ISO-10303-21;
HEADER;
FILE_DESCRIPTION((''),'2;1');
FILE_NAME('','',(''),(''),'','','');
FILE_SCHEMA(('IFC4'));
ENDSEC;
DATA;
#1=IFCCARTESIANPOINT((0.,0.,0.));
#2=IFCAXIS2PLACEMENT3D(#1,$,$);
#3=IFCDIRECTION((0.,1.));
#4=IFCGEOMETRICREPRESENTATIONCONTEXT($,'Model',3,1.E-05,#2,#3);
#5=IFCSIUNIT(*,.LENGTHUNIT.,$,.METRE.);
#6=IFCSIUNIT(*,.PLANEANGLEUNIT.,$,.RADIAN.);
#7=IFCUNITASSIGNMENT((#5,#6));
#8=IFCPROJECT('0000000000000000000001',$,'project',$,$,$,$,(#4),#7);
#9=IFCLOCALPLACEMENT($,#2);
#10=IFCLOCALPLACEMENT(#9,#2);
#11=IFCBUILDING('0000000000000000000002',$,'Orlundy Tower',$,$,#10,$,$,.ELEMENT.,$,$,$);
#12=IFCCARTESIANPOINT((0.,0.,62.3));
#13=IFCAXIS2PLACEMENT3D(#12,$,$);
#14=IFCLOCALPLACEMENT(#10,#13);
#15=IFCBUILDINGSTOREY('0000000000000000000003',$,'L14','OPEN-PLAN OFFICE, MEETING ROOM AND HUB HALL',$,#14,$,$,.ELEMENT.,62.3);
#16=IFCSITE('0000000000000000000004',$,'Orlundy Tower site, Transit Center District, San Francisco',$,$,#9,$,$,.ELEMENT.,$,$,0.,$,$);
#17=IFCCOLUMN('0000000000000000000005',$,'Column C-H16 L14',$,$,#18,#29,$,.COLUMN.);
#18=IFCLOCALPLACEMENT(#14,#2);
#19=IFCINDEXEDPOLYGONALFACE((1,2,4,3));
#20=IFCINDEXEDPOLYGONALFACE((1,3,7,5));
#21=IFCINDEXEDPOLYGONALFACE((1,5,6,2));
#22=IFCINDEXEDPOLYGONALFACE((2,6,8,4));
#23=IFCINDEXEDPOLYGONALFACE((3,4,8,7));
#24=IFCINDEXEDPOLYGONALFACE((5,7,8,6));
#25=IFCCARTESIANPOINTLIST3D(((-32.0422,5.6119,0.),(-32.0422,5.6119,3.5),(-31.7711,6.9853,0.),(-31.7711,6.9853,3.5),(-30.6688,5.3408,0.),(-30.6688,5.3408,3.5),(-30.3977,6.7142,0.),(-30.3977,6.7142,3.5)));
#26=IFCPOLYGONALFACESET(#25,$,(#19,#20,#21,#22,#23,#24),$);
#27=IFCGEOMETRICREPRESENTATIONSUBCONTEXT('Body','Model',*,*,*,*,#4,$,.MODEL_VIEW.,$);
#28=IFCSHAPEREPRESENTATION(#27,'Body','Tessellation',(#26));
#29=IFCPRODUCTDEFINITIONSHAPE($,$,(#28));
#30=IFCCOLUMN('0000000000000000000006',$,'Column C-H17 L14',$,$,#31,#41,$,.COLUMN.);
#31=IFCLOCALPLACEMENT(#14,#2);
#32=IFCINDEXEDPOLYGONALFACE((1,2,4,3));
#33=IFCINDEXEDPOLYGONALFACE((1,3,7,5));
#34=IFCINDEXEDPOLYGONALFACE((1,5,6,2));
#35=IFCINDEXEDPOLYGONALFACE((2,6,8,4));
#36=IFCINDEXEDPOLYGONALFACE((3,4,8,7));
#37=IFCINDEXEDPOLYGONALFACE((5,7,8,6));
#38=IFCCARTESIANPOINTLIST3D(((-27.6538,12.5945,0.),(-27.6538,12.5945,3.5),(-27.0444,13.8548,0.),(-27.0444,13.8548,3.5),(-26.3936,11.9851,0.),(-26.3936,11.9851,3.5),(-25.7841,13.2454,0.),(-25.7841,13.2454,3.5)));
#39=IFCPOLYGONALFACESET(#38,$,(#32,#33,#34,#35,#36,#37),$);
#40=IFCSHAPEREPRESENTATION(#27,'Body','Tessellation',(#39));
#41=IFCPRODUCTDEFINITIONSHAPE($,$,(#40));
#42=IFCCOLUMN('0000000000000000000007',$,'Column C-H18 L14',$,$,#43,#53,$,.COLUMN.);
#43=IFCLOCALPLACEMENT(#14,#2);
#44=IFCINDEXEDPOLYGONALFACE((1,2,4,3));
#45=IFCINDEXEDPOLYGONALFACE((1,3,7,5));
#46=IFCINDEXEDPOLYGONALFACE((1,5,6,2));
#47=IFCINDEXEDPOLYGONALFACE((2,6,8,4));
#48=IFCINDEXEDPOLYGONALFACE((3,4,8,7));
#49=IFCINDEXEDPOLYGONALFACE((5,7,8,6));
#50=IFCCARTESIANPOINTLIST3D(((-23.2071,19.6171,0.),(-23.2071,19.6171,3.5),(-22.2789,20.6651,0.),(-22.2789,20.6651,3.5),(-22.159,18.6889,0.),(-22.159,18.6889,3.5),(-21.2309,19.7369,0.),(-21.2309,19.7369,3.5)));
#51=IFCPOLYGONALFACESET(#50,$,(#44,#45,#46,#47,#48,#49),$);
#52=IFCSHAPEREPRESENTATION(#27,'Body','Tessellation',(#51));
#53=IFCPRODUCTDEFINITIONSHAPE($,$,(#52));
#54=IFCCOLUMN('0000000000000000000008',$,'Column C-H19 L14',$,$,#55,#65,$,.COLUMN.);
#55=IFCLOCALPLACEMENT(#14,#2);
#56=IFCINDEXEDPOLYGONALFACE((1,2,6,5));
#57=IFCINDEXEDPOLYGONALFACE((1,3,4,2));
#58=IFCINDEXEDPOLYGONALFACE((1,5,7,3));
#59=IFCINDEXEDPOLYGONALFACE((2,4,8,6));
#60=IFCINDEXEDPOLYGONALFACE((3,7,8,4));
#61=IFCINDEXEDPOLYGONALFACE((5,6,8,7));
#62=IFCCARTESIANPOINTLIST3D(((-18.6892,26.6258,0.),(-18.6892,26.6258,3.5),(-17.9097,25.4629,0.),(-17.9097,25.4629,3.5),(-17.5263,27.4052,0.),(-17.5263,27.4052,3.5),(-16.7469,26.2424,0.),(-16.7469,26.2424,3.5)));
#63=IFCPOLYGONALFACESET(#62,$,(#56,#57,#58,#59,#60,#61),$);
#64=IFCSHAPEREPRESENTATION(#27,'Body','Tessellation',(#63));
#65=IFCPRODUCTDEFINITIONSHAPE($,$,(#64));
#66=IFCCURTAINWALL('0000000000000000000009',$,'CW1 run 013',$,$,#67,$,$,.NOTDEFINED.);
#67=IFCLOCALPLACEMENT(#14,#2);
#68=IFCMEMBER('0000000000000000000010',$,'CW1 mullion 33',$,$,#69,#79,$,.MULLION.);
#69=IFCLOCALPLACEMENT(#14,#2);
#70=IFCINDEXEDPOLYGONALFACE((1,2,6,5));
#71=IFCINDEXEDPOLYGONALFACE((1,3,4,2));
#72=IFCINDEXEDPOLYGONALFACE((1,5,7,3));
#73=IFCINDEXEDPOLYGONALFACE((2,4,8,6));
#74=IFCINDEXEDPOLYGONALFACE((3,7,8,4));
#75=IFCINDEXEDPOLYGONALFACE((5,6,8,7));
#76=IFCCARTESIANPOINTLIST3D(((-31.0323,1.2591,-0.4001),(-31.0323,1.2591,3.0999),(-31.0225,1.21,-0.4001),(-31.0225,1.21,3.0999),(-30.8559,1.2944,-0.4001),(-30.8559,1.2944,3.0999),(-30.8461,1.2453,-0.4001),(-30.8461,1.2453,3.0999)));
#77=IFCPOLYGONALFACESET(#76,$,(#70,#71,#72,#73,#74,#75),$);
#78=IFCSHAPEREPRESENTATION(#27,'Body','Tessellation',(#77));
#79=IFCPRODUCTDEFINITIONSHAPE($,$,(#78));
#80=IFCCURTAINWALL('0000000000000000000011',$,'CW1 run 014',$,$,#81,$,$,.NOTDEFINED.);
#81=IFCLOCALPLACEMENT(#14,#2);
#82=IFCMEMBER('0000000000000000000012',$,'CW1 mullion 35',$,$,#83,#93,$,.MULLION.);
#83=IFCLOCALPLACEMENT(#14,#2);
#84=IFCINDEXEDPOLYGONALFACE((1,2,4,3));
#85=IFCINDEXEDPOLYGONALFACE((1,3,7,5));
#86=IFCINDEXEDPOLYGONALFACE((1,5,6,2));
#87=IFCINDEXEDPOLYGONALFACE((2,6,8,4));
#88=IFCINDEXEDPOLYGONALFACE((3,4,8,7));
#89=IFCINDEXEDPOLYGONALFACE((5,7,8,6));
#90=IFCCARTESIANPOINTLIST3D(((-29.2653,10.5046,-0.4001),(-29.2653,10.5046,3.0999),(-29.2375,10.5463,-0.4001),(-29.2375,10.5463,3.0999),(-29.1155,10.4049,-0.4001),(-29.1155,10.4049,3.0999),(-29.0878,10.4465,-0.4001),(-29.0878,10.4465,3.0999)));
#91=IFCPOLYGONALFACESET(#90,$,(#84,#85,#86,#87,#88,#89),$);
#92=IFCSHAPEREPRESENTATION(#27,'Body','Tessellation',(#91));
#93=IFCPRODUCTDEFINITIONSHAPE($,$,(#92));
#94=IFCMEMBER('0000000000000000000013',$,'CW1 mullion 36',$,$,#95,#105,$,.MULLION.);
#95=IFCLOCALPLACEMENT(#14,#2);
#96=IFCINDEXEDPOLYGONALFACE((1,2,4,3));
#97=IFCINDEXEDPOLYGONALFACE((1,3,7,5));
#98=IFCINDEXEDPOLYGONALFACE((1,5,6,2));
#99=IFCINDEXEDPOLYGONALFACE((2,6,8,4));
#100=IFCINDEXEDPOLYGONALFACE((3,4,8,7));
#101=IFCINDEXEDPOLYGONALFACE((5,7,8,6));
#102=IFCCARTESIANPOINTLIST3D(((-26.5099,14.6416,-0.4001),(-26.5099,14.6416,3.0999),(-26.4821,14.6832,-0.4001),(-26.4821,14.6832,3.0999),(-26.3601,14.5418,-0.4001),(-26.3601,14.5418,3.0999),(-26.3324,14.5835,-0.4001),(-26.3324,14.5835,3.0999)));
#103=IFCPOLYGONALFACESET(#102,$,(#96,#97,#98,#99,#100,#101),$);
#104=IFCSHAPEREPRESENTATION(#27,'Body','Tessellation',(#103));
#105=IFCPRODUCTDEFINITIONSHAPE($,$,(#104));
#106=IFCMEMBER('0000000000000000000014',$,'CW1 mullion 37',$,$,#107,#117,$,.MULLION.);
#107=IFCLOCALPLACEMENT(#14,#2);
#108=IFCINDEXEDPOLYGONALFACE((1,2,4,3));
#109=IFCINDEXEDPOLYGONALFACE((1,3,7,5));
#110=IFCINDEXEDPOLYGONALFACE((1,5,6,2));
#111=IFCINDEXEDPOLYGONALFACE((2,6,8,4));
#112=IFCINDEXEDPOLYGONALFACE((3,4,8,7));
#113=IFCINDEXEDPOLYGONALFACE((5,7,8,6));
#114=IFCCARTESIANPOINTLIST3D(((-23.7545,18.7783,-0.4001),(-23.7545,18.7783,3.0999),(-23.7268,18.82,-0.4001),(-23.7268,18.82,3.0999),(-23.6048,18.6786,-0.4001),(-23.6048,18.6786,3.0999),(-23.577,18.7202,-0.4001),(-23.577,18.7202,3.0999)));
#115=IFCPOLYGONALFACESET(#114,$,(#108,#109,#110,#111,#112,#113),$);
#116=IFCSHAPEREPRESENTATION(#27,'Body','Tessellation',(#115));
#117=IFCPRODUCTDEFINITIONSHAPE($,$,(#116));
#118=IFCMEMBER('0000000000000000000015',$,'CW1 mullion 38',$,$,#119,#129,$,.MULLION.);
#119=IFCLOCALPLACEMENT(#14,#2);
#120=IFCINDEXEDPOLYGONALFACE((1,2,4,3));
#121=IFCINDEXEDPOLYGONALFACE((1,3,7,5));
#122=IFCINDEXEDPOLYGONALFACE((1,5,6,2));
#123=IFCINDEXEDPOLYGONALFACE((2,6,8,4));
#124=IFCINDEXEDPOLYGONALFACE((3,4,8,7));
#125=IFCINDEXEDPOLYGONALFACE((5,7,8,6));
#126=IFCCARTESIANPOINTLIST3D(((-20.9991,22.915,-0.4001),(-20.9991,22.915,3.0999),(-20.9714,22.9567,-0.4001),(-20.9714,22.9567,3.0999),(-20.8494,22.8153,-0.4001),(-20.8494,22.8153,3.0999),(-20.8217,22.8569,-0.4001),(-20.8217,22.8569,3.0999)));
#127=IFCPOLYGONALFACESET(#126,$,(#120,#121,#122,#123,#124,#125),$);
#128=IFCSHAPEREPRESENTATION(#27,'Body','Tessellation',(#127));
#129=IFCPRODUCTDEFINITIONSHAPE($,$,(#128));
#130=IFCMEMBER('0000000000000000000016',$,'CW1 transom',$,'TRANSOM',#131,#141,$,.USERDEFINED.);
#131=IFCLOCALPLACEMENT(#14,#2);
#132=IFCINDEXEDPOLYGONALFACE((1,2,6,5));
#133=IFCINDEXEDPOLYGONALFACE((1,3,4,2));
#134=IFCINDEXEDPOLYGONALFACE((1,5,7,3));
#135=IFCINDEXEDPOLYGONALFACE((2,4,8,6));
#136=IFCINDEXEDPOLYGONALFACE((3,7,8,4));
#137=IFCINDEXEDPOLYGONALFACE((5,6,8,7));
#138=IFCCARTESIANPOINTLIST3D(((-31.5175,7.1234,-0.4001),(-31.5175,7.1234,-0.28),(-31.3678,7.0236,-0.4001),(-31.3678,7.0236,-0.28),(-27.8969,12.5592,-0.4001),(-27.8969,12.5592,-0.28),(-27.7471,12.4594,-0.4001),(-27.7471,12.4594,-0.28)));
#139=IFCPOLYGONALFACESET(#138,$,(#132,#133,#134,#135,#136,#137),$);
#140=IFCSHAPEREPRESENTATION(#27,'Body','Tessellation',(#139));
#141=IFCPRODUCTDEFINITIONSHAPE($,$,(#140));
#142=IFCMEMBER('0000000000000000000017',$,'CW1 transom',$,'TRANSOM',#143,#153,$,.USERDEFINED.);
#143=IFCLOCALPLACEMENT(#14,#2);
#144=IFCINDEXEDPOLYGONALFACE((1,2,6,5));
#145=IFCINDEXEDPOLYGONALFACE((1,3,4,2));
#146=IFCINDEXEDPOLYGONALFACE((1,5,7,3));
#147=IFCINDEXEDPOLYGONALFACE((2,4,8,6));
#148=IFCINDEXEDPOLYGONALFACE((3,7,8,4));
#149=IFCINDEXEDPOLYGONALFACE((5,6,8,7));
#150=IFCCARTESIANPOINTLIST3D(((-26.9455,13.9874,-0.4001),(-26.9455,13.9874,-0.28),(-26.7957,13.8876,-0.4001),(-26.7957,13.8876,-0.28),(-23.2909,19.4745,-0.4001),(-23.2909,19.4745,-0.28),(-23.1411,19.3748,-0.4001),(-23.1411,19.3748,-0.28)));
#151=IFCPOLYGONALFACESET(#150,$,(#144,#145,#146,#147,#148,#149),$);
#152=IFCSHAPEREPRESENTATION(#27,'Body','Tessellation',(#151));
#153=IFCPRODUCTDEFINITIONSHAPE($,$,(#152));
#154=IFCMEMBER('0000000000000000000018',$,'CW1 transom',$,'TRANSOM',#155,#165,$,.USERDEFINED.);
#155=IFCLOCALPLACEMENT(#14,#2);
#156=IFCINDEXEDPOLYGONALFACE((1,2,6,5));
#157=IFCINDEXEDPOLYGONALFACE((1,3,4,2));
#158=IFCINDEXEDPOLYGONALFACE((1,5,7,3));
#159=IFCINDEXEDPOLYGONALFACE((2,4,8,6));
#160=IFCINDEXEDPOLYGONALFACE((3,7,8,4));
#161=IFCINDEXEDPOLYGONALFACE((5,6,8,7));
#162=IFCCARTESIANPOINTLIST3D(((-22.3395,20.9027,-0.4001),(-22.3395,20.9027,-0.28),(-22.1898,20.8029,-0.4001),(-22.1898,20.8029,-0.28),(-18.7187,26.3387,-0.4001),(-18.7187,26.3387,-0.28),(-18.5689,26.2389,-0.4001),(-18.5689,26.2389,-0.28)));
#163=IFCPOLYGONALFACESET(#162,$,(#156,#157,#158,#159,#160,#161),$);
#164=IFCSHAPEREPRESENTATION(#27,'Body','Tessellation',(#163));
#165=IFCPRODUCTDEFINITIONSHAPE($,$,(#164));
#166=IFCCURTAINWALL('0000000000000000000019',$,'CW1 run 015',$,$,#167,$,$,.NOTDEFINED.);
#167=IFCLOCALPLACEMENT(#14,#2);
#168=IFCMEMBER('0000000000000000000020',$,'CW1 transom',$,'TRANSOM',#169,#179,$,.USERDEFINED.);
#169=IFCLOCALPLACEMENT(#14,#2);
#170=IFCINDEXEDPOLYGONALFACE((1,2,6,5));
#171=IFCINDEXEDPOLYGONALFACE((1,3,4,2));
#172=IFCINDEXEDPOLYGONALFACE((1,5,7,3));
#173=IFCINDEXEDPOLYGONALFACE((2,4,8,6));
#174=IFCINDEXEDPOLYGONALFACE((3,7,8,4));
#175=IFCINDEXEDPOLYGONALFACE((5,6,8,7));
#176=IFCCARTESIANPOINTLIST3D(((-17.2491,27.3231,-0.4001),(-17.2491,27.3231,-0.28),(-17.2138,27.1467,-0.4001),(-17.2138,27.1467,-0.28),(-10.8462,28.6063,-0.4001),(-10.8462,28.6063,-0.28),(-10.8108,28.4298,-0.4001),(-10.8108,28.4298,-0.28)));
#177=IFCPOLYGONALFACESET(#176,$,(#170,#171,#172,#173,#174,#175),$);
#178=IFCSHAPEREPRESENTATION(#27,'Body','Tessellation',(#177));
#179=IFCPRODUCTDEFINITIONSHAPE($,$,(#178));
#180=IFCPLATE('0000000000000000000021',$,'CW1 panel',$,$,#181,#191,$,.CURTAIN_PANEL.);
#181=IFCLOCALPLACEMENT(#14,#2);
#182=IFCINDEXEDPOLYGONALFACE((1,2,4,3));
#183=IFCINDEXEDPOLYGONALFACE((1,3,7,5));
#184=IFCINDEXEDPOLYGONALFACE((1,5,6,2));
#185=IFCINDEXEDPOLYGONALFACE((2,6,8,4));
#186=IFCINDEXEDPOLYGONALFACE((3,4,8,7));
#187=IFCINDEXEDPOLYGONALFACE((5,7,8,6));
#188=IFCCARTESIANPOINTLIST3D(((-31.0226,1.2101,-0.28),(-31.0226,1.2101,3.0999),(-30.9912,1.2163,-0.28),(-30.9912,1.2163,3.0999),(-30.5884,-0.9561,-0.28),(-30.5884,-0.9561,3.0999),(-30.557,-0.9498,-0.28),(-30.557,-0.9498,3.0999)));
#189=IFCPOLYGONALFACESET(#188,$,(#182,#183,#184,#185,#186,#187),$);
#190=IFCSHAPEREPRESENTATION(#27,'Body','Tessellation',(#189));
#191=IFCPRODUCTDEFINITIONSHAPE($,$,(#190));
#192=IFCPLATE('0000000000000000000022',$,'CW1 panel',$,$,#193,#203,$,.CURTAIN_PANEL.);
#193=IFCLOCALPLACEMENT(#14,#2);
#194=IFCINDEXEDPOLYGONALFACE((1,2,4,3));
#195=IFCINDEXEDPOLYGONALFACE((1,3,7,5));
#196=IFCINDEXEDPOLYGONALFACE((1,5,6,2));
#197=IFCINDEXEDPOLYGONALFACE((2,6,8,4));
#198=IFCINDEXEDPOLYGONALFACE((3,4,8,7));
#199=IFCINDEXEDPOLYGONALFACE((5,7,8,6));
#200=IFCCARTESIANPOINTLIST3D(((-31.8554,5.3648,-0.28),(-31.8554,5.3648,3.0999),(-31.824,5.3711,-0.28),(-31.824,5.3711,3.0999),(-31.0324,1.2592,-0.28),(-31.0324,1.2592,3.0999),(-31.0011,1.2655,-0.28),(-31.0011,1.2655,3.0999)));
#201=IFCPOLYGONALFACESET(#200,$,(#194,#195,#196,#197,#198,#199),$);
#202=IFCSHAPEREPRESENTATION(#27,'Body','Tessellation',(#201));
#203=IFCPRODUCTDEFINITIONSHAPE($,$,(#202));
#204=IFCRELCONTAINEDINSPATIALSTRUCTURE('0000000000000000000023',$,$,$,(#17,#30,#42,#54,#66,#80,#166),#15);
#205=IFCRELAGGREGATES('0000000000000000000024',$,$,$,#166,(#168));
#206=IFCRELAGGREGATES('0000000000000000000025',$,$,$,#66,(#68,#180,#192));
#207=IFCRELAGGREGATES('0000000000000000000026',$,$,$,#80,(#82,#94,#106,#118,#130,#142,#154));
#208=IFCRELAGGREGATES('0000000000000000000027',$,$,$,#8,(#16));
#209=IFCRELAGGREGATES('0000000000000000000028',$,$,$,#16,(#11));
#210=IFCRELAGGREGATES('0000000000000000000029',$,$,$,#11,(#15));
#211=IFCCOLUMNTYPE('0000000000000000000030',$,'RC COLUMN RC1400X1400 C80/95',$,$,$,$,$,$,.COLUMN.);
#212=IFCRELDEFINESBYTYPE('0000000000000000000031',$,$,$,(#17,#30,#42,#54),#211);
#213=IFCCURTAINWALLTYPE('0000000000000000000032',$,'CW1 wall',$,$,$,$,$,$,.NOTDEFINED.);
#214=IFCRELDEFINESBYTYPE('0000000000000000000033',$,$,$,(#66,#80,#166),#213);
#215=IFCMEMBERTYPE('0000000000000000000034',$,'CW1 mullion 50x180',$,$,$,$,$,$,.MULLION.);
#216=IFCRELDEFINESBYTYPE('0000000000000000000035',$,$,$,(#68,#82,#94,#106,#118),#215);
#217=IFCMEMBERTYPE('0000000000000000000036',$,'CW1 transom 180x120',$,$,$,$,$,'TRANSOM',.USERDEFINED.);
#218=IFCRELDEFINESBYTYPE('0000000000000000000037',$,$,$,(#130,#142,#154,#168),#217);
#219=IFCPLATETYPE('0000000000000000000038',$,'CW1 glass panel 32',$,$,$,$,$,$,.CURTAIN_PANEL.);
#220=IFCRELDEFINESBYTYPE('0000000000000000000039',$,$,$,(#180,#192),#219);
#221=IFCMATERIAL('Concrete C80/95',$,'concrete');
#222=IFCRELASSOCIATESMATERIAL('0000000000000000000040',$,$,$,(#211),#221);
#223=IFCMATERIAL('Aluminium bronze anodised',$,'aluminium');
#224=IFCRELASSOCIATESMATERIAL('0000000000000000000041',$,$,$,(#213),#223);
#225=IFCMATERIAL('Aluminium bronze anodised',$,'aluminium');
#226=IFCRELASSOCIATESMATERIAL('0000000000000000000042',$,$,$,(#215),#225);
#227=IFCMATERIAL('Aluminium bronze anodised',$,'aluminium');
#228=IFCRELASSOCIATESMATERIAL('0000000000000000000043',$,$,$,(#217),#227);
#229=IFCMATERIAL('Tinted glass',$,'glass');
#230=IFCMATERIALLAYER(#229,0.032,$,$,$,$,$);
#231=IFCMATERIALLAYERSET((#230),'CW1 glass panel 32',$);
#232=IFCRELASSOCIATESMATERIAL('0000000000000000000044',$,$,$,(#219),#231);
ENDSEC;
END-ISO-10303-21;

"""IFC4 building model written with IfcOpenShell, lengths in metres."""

from ifc_helpers import new_model, si_unit, direction, frame, origin, origin_2d, place, context, subcontext, project, spatial, rectangle, extrude, material, layer, layer_set, material_profile, profile_set, type_object, element, aggregate, save


model = new_model("IFC4")

# Units and contexts
model_context = context("Model", 3, precision=1e-05, world=origin(), true_north=direction((0.0, 1.0)))
body_context = subcontext(model_context, "Body", "Model", "MODEL_VIEW")
ifc_project = project(units=[si_unit("LENGTHUNIT", "METRE"), si_unit("PLANEANGLEUNIT", "RADIAN")], contexts=[model_context])

# Site, building, storey
site_placement = place(None, origin())
site = spatial("IfcSite", under=ifc_project, at=site_placement, Name="Orlundy Tower site, Transit Center District, San Francisco", CompositionType="ELEMENT", RefElevation=0.0)
building_placement = place(site_placement, origin())
building = spatial("IfcBuilding", under=site, at=building_placement, Name="Orlundy Tower", CompositionType="ELEMENT")
storey_placement = place(building_placement, frame((0.0, 0.0, 62.3)))
storey = spatial("IfcBuildingStorey", under=building, at=storey_placement, Name="L14", Description="OPEN-PLAN OFFICE, MEETING ROOM AND HUB HALL", CompositionType="ELEMENT", Elevation=62.3)

# Columns
ifc_material_1 = material(Name="Concrete C80/95", Category="concrete")
ifc_material_profile_1 = material_profile(ifc_material_1, rectangle(XDim=1.3999, YDim=1.3999, at=origin_2d()), Name="RC1400X1400")
ifc_profile_set_1 = profile_set([ifc_material_profile_1], Name="Concrete C80/95")
column_type = type_object("IfcColumnType", Name="RC COLUMN RC1400X1400 C80/95", PredefinedType="COLUMN", material=ifc_profile_set_1)
for number, where, z_axis, x_axis, name in (
    (1, (-31.22, 6.1631, 0.0), (0.0, 0.0, 1.0), (-0.981067, 0.193669, 0.0), "Column C-H16 L14"),
    (2, (-26.719, 12.9199, 0.0), (0.0, 0.0, 1.0), (-0.900273, 0.435325, 0.0), "Column C-H17 L14"),
    (3, (-22.219, 19.677, 0.0), (0.0, 0.0, 1.0), (-0.748632, 0.662986, 0.0), "Column C-H18 L14"),
    (4, (-17.718, 26.4341, 0.0), (0.0, 0.0, 1.0), (-0.556774, 0.830664, 0.0), "Column C-H19 L14"),
):
    element("IfcColumn", number, at=place(storey_placement, frame(where, z_axis=z_axis, x_axis=x_axis)), inside=storey, type_object=column_type, Name=name, PredefinedType="COLUMN", context=body_context, shape_type="SweptSolid", body=[
        extrude(rectangle(XDim=1.3999, YDim=1.3999, at=origin_2d()), origin(), (0.0, 0.0, 1.0), 3.5),
    ])

# Curtain wall, member
ifc_material_2 = material(Name="Aluminium bronze anodised", Category="aluminium")
curtain_wall_type = type_object("IfcCurtainWallType", Name="CW1 wall", PredefinedType="NOTDEFINED", material=ifc_material_2)
curtain_wall_1_placement = place(storey_placement, origin())
curtain_wall_1 = element("IfcCurtainWall", 5, at=curtain_wall_1_placement, inside=storey, type_object=curtain_wall_type, Name="CW1 run 013", PredefinedType="NOTDEFINED")
ifc_material_3 = material(Name="Aluminium bronze anodised", Category="aluminium")
ifc_material_profile_2 = material_profile(ifc_material_3, rectangle(XDim=0.1799, YDim=0.05, at=origin_2d()), Name="CW1 mullion 50x180")
ifc_profile_set_2 = profile_set([ifc_material_profile_2], Name="Aluminium bronze anodised")
member_type_1 = type_object("IfcMemberType", Name="CW1 mullion 50x180", PredefinedType="MULLION", material=ifc_profile_set_2)
member_1_placement = place(storey_placement, frame((-30.9392, 1.2522, -0.4001), z_axis=(0.0, 0.0, 1.0), x_axis=(-0.980498, -0.196529, 0.0)))
member_1 = element("IfcMember", 6, at=member_1_placement, type_object=member_type_1, Name="CW1 mullion 33", PredefinedType="MULLION", context=body_context, shape_type="SweptSolid", body=[
    extrude(rectangle(XDim=0.1799, YDim=0.05, at=origin_2d()), origin(), (0.0, 0.0, 1.0), 3.5),
])

# Curtain wall, members
curtain_wall_2_placement = place(storey_placement, origin())
curtain_wall_2 = element("IfcCurtainWall", 7, at=curtain_wall_2_placement, inside=storey, type_object=curtain_wall_type, Name="CW1 run 014", PredefinedType="NOTDEFINED")
member_2_placement = place(storey_placement, frame((-29.1765, 10.4756, -0.4001), z_axis=(0.0, 0.0, 1.0), x_axis=(-0.832279, 0.554357, 0.0)))
member_2 = element("IfcMember", 8, at=member_2_placement, type_object=member_type_1, Name="CW1 mullion 35", PredefinedType="MULLION", context=body_context, shape_type="SweptSolid", body=[
    extrude(rectangle(XDim=0.1799, YDim=0.05, at=origin_2d()), origin(), (0.0, 0.0, 1.0), 3.5),
])
member_3_placement = place(storey_placement, frame((-26.4211, 14.6125, -0.4001), z_axis=(0.0, 0.0, 1.0), x_axis=(-0.832279, 0.554357, 0.0)))
member_3 = element("IfcMember", 9, at=member_3_placement, type_object=member_type_1, Name="CW1 mullion 36", PredefinedType="MULLION", context=body_context, shape_type="SweptSolid", body=[
    extrude(rectangle(XDim=0.1799, YDim=0.05, at=origin_2d()), origin(), (0.0, 0.0, 1.0), 3.5),
])
member_4_placement = place(storey_placement, frame((-23.6658, 18.7493, -0.4001), z_axis=(0.0, 0.0, 1.0), x_axis=(-0.832279, 0.554357, 0.0)))
member_4 = element("IfcMember", 10, at=member_4_placement, type_object=member_type_1, Name="CW1 mullion 37", PredefinedType="MULLION", context=body_context, shape_type="SweptSolid", body=[
    extrude(rectangle(XDim=0.1799, YDim=0.05, at=origin_2d()), origin(), (0.0, 0.0, 1.0), 3.5),
])
member_5_placement = place(storey_placement, frame((-20.9104, 22.886, -0.4001), z_axis=(0.0, 0.0, 1.0), x_axis=(-0.832279, 0.554357, 0.0)))
member_5 = element("IfcMember", 11, at=member_5_placement, type_object=member_type_1, Name="CW1 mullion 38", PredefinedType="MULLION", context=body_context, shape_type="SweptSolid", body=[
    extrude(rectangle(XDim=0.1799, YDim=0.05, at=origin_2d()), origin(), (0.0, 0.0, 1.0), 3.5),
])
ifc_material_4 = material(Name="Aluminium bronze anodised", Category="aluminium")
ifc_material_profile_3 = material_profile(ifc_material_4, rectangle(XDim=0.1799, YDim=0.1201, at=origin_2d()), Name="CW1 transom 180x120")
ifc_profile_set_3 = profile_set([ifc_material_profile_3], Name="Aluminium bronze anodised")
member_type_2 = type_object("IfcMemberType", Name="CW1 transom 180x120", ElementType="TRANSOM", PredefinedType="USERDEFINED", material=ifc_profile_set_3)
member_6_placement = place(storey_placement, frame((-31.4426, 7.0735, -0.3401), z_axis=(0.554355, 0.83228, 0.0), x_axis=(-0.83228, 0.554355, 0.0)))
member_6 = element("IfcMember", 12, at=member_6_placement, type_object=member_type_2, Name="CW1 transom", ObjectType="TRANSOM", PredefinedType="USERDEFINED", context=body_context, shape_type="SweptSolid", body=[
    extrude(rectangle(XDim=0.1799, YDim=0.1201, at=origin_2d()), origin(), (0.0, 0.0, 1.0), 6.5312),
])
member_7_placement = place(storey_placement, frame((-26.8706, 13.9375, -0.3401), z_axis=(0.554333, 0.832295, 0.0), x_axis=(-0.832295, 0.554333, 0.0)))
member_7 = element("IfcMember", 13, at=member_7_placement, type_object=member_type_2, Name="CW1 transom", ObjectType="TRANSOM", PredefinedType="USERDEFINED", context=body_context, shape_type="SweptSolid", body=[
    extrude(rectangle(XDim=0.1799, YDim=0.1201, at=origin_2d()), origin(), (0.0, 0.0, 1.0), 6.5928),
])
member_8_placement = place(storey_placement, frame((-22.2646, 20.8528, -0.3401), z_axis=(0.554364, 0.832274, 0.0), x_axis=(-0.832274, 0.554364, 0.0)))
member_8 = element("IfcMember", 14, at=member_8_placement, type_object=member_type_2, Name="CW1 transom", ObjectType="TRANSOM", PredefinedType="USERDEFINED", context=body_context, shape_type="SweptSolid", body=[
    extrude(rectangle(XDim=0.1799, YDim=0.1201, at=origin_2d()), origin(), (0.0, 0.0, 1.0), 6.5315),
])

# Curtain wall, member
curtain_wall_3_placement = place(storey_placement, origin())
curtain_wall_3 = element("IfcCurtainWall", 15, at=curtain_wall_3_placement, inside=storey, type_object=curtain_wall_type, Name="CW1 run 015", PredefinedType="NOTDEFINED")
member_9_placement = place(storey_placement, frame((-17.2314, 27.2349, -0.3401), z_axis=(0.980504, 0.196497, 0.0), x_axis=(-0.196497, 0.980504, 0.0)))
member_9 = element("IfcMember", 16, at=member_9_placement, type_object=member_type_2, Name="CW1 transom", ObjectType="TRANSOM", PredefinedType="USERDEFINED", context=body_context, shape_type="SweptSolid", body=[
    extrude(rectangle(XDim=0.1799, YDim=0.1201, at=origin_2d()), origin(), (0.0, 0.0, 1.0), 6.5303),
])
aggregate(curtain_wall_3, [member_9])

# Plates
ifc_material_5 = material(Name="Tinted glass", Category="glass")
ifc_layer_1 = layer(ifc_material_5, 0.032)
ifc_layer_set_1 = layer_set([ifc_layer_1], Name="CW1 glass panel 32")
plate_type = type_object("IfcPlateType", Name="CW1 glass panel 32", PredefinedType="CURTAIN_PANEL", material=ifc_layer_set_1)
plate_1_placement = place(storey_placement, frame((-30.7898, 0.1301, -0.28), z_axis=(0.0, 0.0, 1.0), x_axis=(-0.196529, 0.980498, 0.0)))
plate_1 = element("IfcPlate", 17, at=plate_1_placement, type_object=plate_type, Name="CW1 panel", PredefinedType="CURTAIN_PANEL", context=body_context, shape_type="SweptSolid", body=[
    extrude(rectangle(XDim=2.2092, YDim=0.032, at=origin_2d()), origin(), (0.0, 0.0, 1.0), 3.3799),
])
plate_2_placement = place(storey_placement, frame((-31.4282, 3.3152, -0.28), z_axis=(0.0, 0.0, 1.0), x_axis=(-0.196529, 0.980498, 0.0)))
plate_2 = element("IfcPlate", 18, at=plate_2_placement, type_object=plate_type, Name="CW1 panel", PredefinedType="CURTAIN_PANEL", context=body_context, shape_type="SweptSolid", body=[
    extrude(rectangle(XDim=4.1873, YDim=0.032, at=origin_2d()), origin(), (0.0, 0.0, 1.0), 3.3799),
])
aggregate(curtain_wall_1, [member_1, plate_1, plate_2])
aggregate(curtain_wall_2, [member_2, member_3, member_4, member_5, member_6, member_7, member_8])

save(model, "model.ifc")
